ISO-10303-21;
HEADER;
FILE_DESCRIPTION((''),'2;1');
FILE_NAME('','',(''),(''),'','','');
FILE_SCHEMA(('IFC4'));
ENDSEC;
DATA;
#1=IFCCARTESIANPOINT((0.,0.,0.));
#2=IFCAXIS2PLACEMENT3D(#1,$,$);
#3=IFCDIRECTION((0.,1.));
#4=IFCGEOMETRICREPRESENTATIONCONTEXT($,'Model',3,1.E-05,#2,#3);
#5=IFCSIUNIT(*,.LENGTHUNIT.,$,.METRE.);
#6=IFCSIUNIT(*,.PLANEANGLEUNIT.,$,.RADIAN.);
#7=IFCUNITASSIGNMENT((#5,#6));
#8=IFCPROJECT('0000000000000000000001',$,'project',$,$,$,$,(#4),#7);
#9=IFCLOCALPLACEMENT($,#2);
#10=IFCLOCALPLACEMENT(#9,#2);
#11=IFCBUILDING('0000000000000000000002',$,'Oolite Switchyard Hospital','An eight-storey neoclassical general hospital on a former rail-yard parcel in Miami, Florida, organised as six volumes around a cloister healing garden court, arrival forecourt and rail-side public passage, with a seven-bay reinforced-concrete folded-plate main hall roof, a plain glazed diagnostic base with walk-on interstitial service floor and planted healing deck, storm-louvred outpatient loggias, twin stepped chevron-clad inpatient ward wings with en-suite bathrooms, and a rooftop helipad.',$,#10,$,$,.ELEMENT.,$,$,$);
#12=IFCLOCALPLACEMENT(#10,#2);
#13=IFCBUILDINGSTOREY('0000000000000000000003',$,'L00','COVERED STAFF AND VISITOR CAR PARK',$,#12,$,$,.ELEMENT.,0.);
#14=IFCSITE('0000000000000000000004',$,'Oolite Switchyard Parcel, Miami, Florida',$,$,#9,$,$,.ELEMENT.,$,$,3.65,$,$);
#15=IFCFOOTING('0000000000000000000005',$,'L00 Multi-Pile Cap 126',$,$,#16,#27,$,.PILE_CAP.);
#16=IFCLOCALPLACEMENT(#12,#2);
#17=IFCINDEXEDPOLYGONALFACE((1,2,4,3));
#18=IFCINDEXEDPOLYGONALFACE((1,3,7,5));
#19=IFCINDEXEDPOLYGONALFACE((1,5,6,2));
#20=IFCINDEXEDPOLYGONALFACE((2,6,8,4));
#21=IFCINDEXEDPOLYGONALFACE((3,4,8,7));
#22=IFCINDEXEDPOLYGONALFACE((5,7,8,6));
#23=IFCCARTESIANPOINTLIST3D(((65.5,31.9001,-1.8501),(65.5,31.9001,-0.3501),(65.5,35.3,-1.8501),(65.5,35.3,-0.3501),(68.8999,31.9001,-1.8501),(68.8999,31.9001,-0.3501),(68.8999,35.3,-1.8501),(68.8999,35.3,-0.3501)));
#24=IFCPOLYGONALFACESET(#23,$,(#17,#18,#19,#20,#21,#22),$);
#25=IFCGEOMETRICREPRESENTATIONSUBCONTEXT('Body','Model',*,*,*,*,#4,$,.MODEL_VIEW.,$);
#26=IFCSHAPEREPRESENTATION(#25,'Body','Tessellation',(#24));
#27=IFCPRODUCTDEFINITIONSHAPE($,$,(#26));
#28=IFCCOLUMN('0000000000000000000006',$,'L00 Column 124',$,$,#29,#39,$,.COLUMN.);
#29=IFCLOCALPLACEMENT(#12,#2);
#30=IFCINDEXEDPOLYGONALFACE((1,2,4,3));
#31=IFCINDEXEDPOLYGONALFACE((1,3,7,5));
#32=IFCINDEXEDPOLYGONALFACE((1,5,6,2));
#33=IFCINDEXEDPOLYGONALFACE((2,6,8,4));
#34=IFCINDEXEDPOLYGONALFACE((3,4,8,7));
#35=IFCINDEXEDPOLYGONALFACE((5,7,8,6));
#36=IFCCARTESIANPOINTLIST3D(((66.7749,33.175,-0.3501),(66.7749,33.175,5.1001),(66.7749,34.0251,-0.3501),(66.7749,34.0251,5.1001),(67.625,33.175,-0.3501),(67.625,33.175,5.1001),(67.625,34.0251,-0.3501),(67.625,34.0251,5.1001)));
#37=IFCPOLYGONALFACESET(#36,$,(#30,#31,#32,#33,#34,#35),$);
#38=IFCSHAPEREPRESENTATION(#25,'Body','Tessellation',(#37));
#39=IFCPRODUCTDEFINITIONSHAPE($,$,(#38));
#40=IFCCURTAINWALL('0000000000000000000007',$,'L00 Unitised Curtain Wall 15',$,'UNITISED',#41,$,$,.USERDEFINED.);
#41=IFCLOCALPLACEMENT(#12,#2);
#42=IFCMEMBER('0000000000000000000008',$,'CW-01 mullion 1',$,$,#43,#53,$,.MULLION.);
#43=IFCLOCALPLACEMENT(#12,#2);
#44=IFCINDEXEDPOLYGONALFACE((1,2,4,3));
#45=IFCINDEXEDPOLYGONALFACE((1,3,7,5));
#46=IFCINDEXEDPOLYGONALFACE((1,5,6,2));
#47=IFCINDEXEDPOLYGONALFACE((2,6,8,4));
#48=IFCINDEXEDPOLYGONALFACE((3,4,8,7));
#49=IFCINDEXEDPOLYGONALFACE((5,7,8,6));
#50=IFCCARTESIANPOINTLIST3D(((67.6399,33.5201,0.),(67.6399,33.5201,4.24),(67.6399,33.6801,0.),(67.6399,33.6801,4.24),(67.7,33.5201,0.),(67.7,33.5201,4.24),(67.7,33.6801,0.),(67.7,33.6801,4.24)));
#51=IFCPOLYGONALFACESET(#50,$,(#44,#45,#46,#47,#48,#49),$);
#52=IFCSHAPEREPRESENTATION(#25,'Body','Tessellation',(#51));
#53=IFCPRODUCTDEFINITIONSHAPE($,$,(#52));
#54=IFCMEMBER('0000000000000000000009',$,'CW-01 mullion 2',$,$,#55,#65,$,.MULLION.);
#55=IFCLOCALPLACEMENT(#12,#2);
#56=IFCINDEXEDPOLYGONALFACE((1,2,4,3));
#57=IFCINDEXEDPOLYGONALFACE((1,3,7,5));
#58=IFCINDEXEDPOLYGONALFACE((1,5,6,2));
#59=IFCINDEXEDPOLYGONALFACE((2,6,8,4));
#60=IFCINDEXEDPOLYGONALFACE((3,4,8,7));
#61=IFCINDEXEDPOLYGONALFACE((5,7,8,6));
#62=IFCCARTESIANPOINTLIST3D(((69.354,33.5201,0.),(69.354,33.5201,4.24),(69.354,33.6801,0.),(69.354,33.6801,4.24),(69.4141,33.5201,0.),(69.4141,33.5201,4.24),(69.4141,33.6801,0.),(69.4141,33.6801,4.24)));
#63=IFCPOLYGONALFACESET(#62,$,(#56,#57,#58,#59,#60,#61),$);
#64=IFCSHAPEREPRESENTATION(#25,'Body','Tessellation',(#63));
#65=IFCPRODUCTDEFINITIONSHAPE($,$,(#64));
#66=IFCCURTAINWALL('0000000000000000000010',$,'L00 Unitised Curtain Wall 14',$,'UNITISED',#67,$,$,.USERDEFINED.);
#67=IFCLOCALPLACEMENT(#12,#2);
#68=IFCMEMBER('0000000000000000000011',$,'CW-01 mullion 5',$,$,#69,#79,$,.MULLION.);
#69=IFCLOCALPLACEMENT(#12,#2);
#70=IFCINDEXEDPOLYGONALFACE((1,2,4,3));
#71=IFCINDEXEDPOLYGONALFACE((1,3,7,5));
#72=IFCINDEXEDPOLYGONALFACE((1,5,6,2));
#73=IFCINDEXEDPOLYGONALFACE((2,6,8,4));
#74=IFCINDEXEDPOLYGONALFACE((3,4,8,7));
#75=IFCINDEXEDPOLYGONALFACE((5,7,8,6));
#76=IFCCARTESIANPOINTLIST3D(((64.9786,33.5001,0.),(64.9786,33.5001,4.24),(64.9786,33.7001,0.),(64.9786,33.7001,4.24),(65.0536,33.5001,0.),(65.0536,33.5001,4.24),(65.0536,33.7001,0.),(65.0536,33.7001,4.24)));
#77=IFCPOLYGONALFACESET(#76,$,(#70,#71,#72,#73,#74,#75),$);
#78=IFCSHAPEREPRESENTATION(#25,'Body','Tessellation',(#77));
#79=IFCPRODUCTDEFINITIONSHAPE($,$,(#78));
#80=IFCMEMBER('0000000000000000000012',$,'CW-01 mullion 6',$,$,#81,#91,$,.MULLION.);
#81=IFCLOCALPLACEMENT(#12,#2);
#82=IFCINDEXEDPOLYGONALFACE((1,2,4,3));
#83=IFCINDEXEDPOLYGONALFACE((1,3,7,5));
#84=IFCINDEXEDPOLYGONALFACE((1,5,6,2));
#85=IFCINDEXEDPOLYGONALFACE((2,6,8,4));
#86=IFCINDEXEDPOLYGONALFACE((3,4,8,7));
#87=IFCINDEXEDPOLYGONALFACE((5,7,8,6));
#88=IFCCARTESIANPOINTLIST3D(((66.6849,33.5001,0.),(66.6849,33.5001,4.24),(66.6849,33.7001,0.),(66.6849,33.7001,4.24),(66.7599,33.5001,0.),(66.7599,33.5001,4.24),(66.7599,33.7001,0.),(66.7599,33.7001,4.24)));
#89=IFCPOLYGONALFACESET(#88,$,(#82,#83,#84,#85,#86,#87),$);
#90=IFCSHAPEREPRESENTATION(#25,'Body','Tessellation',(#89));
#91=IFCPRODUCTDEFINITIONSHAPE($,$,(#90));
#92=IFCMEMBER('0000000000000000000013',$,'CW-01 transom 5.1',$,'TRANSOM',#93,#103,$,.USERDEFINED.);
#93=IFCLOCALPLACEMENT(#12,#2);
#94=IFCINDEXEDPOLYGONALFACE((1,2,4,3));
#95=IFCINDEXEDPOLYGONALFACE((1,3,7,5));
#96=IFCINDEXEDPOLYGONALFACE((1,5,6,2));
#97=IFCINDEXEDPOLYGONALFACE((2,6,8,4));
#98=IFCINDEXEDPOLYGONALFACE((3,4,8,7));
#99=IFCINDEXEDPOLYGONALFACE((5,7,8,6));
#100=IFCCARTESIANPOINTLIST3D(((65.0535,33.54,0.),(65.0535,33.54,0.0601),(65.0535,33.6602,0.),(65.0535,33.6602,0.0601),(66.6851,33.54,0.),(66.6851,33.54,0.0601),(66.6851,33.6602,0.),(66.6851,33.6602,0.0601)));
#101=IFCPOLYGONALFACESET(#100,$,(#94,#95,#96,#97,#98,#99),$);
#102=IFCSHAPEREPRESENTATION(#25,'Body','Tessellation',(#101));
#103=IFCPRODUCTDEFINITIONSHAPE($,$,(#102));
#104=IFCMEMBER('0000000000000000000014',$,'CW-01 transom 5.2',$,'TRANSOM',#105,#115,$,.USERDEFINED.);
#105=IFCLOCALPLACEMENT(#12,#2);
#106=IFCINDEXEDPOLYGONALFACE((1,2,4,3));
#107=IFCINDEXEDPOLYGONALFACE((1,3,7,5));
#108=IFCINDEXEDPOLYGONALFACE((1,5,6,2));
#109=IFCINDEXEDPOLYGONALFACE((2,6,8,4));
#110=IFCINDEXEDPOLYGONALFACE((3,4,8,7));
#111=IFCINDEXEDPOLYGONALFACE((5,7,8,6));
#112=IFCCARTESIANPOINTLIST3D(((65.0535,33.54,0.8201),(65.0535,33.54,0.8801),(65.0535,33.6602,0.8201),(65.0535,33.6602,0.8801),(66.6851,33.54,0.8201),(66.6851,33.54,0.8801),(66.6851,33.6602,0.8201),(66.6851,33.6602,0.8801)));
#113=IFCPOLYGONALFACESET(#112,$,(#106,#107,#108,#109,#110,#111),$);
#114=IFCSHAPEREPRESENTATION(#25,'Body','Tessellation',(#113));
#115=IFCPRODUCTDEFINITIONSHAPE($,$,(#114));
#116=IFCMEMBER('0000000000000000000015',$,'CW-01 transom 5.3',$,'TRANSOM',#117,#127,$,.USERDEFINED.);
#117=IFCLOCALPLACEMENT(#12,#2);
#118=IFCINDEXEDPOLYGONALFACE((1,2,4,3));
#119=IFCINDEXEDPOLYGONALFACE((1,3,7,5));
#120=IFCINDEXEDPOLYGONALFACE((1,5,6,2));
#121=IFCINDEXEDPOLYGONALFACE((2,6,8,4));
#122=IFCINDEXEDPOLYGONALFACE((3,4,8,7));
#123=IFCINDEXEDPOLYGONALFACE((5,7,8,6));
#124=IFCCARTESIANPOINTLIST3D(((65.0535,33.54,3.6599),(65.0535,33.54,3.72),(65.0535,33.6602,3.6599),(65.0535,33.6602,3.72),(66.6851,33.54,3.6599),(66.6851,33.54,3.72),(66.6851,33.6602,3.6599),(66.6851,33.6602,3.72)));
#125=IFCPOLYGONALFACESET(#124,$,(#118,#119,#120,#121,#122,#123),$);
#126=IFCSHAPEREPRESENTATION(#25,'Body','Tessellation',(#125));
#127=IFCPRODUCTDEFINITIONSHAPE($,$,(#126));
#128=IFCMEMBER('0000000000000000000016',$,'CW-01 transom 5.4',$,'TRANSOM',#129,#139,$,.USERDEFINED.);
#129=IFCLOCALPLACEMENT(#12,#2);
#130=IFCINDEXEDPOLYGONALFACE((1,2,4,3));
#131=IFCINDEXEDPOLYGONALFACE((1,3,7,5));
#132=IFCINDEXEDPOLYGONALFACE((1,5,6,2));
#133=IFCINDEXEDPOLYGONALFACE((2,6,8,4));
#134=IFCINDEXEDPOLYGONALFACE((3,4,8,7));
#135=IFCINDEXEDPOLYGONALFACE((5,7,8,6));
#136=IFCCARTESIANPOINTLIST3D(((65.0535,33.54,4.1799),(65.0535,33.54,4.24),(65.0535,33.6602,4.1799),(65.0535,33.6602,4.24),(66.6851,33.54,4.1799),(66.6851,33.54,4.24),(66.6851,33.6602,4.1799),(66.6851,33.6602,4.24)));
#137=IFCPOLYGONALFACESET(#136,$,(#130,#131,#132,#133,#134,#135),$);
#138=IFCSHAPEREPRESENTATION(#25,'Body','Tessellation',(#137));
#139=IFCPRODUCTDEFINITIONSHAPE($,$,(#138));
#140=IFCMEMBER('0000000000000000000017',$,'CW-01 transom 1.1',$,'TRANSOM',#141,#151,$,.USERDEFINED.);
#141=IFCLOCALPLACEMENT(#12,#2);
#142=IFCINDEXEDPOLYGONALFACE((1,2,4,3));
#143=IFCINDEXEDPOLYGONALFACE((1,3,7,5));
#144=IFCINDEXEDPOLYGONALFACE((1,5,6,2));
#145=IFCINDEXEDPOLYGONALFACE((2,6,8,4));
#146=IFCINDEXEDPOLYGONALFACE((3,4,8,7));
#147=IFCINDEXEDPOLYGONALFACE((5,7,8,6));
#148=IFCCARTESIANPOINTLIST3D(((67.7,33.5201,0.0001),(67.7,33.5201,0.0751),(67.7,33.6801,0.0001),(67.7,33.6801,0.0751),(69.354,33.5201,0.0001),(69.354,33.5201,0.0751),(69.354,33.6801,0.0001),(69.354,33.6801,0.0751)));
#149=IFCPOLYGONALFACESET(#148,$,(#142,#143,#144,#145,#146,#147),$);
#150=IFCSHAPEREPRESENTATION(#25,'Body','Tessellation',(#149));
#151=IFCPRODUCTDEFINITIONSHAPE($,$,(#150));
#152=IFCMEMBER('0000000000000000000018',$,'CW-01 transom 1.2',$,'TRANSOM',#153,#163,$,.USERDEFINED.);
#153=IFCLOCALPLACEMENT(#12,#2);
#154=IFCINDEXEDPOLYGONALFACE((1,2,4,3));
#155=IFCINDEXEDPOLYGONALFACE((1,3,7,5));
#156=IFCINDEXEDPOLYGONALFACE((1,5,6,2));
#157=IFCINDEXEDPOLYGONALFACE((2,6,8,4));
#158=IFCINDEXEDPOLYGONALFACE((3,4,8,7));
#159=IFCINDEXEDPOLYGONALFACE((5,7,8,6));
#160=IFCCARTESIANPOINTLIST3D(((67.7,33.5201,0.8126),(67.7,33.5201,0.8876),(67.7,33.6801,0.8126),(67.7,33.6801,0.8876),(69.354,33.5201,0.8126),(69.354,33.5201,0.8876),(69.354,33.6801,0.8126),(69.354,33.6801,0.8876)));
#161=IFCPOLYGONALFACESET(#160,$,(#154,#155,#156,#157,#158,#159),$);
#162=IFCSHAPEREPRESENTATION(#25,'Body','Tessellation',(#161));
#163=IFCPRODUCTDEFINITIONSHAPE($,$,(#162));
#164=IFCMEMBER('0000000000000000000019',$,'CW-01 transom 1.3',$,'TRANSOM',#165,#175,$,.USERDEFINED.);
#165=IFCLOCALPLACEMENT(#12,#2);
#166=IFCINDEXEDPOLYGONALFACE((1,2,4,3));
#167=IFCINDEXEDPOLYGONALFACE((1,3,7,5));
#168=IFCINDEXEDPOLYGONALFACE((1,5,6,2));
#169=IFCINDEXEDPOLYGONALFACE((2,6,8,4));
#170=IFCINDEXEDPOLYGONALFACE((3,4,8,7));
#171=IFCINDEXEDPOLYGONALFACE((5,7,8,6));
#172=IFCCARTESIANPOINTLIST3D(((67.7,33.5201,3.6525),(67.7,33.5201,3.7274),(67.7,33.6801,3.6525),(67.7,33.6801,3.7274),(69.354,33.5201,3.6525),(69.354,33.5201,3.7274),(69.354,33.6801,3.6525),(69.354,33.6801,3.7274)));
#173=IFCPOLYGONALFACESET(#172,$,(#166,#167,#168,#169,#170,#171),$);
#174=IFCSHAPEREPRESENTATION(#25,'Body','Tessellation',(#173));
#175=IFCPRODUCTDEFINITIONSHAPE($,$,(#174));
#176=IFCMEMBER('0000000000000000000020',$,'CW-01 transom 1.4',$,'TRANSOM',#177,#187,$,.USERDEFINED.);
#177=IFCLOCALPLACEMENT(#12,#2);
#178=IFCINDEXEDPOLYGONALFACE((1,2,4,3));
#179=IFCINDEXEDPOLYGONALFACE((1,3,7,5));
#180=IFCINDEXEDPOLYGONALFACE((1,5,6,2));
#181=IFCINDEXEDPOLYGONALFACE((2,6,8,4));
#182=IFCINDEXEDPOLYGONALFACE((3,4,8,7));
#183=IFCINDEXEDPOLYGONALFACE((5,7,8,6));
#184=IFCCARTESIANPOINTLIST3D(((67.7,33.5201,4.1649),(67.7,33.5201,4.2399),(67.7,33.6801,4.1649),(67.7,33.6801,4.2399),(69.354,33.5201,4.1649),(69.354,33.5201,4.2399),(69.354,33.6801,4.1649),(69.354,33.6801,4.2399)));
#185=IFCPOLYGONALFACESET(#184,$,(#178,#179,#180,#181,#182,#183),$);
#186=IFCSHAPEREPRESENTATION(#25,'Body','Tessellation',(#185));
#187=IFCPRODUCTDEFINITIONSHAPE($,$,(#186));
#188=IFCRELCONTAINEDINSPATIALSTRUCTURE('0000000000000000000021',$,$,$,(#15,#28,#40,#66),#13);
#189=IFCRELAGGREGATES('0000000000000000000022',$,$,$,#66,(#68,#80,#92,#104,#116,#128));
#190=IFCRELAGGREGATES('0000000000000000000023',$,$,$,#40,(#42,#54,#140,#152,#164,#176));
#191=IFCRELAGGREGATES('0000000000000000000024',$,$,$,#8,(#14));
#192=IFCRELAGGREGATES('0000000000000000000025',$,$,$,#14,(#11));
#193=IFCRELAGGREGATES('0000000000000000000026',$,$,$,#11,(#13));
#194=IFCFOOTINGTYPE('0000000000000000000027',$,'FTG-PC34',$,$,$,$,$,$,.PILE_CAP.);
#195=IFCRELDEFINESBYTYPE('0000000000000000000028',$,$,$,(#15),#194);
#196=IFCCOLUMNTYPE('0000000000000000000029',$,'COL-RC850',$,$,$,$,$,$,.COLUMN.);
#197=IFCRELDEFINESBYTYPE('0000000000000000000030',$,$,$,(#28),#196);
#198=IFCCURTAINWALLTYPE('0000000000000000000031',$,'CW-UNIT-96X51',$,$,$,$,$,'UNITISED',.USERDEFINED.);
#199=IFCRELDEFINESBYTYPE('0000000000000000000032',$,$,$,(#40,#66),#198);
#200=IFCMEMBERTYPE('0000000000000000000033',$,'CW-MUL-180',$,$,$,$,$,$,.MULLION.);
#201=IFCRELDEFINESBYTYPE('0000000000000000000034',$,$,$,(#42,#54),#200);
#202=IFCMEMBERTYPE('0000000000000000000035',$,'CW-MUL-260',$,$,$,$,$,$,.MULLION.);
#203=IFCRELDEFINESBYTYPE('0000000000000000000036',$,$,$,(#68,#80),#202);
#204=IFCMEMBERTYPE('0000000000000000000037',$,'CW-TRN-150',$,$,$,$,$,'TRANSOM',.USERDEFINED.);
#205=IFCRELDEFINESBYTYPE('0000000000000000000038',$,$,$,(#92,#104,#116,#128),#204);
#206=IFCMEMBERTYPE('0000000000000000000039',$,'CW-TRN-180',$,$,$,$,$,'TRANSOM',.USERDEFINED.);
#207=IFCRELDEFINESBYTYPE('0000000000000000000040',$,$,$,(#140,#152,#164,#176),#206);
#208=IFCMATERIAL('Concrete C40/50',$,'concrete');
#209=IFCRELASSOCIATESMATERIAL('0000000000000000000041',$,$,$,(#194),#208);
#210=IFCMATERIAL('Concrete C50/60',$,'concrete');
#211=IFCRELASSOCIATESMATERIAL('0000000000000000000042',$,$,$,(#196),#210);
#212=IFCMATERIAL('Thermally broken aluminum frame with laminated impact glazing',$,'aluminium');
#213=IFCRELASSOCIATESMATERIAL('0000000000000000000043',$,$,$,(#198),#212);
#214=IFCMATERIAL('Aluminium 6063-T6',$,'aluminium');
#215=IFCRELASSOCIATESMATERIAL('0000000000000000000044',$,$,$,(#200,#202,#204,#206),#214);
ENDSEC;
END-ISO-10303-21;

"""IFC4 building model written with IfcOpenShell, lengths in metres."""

from ifc_helpers import new_model, si_unit, direction, frame, origin, origin_2d, place, context, subcontext, project, spatial, rectangle, extrude, material, material_profile, profile_set, type_object, element, aggregate, save


model = new_model("IFC4")

# Units and contexts
model_context = context("Model", 3, precision=1e-05, world=origin(), true_north=direction((0.0, 1.0)))
body_context = subcontext(model_context, "Body", "Model", "MODEL_VIEW")
ifc_project = project(units=[si_unit("LENGTHUNIT", "METRE"), si_unit("PLANEANGLEUNIT", "RADIAN")], contexts=[model_context])

# Site, building, storey
site_placement = place(None, origin())
site = spatial("IfcSite", under=ifc_project, at=site_placement, Name="Oolite Switchyard Parcel, Miami, Florida", CompositionType="ELEMENT", RefElevation=3.65)
building_placement = place(site_placement, origin())
building = spatial("IfcBuilding", under=site, at=building_placement, Name="Oolite Switchyard Hospital", Description="An eight-storey neoclassical general hospital on a former rail-yard parcel in Miami, Florida, organised as six volumes around a cloister healing garden court, arrival forecourt and rail-side public passage, with a seven-bay reinforced-concrete folded-plate main hall roof, a plain glazed diagnostic base with walk-on interstitial service floor and planted healing deck, storm-louvred outpatient loggias, twin stepped chevron-clad inpatient ward wings with en-suite bathrooms, and a rooftop helipad.", CompositionType="ELEMENT")
storey_placement = place(building_placement, origin())
storey = spatial("IfcBuildingStorey", under=building, at=storey_placement, Name="L00", Description="COVERED STAFF AND VISITOR CAR PARK", CompositionType="ELEMENT", Elevation=0.0)

# Footing
ifc_material_1 = material(Name="Concrete C40/50", Category="concrete")
footing_type = type_object("IfcFootingType", Name="FTG-PC34", PredefinedType="PILE_CAP", material=ifc_material_1)
footing_placement = place(storey_placement, frame((67.2, 33.6001, -1.8501), z_axis=(0.0, 0.0, 1.0), x_axis=(1.0, 0.0, 0.0)))
element("IfcFooting", 1, at=footing_placement, inside=storey, type_object=footing_type, Name="L00 Multi-Pile Cap 126", PredefinedType="PILE_CAP", context=body_context, shape_type="SweptSolid", body=[
    extrude(rectangle(XDim=3.3999, YDim=3.3999, at=origin_2d()), origin(), (0.0, 0.0, 1.0), 1.5),
])

# Column
ifc_material_2 = material(Name="Concrete C50/60", Category="concrete")
ifc_material_profile_1 = material_profile(ifc_material_2, rectangle(XDim=0.8501, YDim=0.8501, at=origin_2d()), Name="RC850X850")
ifc_profile_set_1 = profile_set([ifc_material_profile_1], Name="Concrete C50/60")
column_type = type_object("IfcColumnType", Name="COL-RC850", PredefinedType="COLUMN", material=ifc_profile_set_1)
column_placement = place(storey_placement, frame((67.2, 33.6001, -0.3501), z_axis=(0.0, 0.0, 1.0), x_axis=(1.0, 0.0, 0.0)))
element("IfcColumn", 2, at=column_placement, inside=storey, type_object=column_type, Name="L00 Column 124", PredefinedType="COLUMN", context=body_context, shape_type="SweptSolid", body=[
    extrude(rectangle(XDim=0.8501, YDim=0.8501, at=origin_2d()), origin(), (0.0, 0.0, 1.0), 5.4502),
])

# Curtain walls, members
ifc_material_3 = material(Name="Thermally broken aluminum frame with laminated impact glazing", Category="aluminium")
curtain_wall_type = type_object("IfcCurtainWallType", Name="CW-UNIT-96X51", ElementType="UNITISED", PredefinedType="USERDEFINED", material=ifc_material_3)
curtain_wall_1_placement = place(storey_placement, origin())
curtain_wall_1 = element("IfcCurtainWall", 3, at=curtain_wall_1_placement, inside=storey, type_object=curtain_wall_type, Name="L00 Unitised Curtain Wall 15", ObjectType="UNITISED", PredefinedType="USERDEFINED")
ifc_material_4 = material(Name="Aluminium 6063-T6", Category="aluminium")
ifc_material_profile_2 = material_profile(ifc_material_4, rectangle(XDim=0.1599, YDim=0.0601, at=origin_2d()), Name="CWM60X160")
ifc_profile_set_2 = profile_set([ifc_material_profile_2], Name="Aluminium 6063-T6")
member_type_1 = type_object("IfcMemberType", Name="CW-MUL-180", PredefinedType="MULLION", material=ifc_profile_set_2)
member_1_placement = place(storey_placement, frame((67.6699, 33.6001, 0.0), z_axis=(0.0, 0.0, 1.0), x_axis=(0.0, 1.0, 0.0)))
member_1 = element("IfcMember", 4, at=member_1_placement, type_object=member_type_1, Name="CW-01 mullion 1", PredefinedType="MULLION", context=body_context, shape_type="SweptSolid", body=[
    extrude(rectangle(XDim=0.1599, YDim=0.0601, at=origin_2d()), origin(), (0.0, 0.0, 1.0), 4.24),
])
member_2_placement = place(storey_placement, frame((69.384, 33.6001, 0.0), z_axis=(0.0, 0.0, 1.0), x_axis=(0.0, 1.0, 0.0)))
member_2 = element("IfcMember", 5, at=member_2_placement, type_object=member_type_1, Name="CW-01 mullion 2", PredefinedType="MULLION", context=body_context, shape_type="SweptSolid", body=[
    extrude(rectangle(XDim=0.1599, YDim=0.0601, at=origin_2d()), origin(), (0.0, 0.0, 1.0), 4.24),
])
curtain_wall_2_placement = place(storey_placement, origin())
curtain_wall_2 = element("IfcCurtainWall", 6, at=curtain_wall_2_placement, inside=storey, type_object=curtain_wall_type, Name="L00 Unitised Curtain Wall 14", ObjectType="UNITISED", PredefinedType="USERDEFINED")
ifc_material_profile_3 = material_profile(ifc_material_4, rectangle(XDim=0.2, YDim=0.075, at=origin_2d()), Name="CWM75X200")
ifc_profile_set_3 = profile_set([ifc_material_profile_3], Name="Aluminium 6063-T6")
member_type_2 = type_object("IfcMemberType", Name="CW-MUL-260", PredefinedType="MULLION", material=ifc_profile_set_3)
member_3_placement = place(storey_placement, frame((65.0161, 33.6001, 0.0), z_axis=(0.0, 0.0, 1.0), x_axis=(0.0, 1.0, 0.0)))
member_3 = element("IfcMember", 7, at=member_3_placement, type_object=member_type_2, Name="CW-01 mullion 5", PredefinedType="MULLION", context=body_context, shape_type="SweptSolid", body=[
    extrude(rectangle(XDim=0.2, YDim=0.075, at=origin_2d()), origin(), (0.0, 0.0, 1.0), 4.24),
])
member_4_placement = place(storey_placement, frame((66.7224, 33.6001, 0.0), z_axis=(0.0, 0.0, 1.0), x_axis=(0.0, 1.0, 0.0)))
member_4 = element("IfcMember", 8, at=member_4_placement, type_object=member_type_2, Name="CW-01 mullion 6", PredefinedType="MULLION", context=body_context, shape_type="SweptSolid", body=[
    extrude(rectangle(XDim=0.2, YDim=0.075, at=origin_2d()), origin(), (0.0, 0.0, 1.0), 4.24),
])
ifc_material_profile_4 = material_profile(ifc_material_4, rectangle(XDim=0.1201, YDim=0.0601, at=origin_2d()), Name="CWT60X120")
ifc_profile_set_4 = profile_set([ifc_material_profile_4], Name="Aluminium 6063-T6")
member_type_3 = type_object("IfcMemberType", Name="CW-TRN-150", ElementType="TRANSOM", PredefinedType="USERDEFINED", material=ifc_profile_set_4)
member_5_placement = place(storey_placement, frame((65.0535, 33.6001, 0.03), z_axis=(1.0, 0.0, 0.0), x_axis=(0.0, 1.0, 0.0)))
member_5 = element("IfcMember", 9, at=member_5_placement, type_object=member_type_3, Name="CW-01 transom 5.1", ObjectType="TRANSOM", PredefinedType="USERDEFINED", context=body_context, shape_type="SweptSolid", body=[
    extrude(rectangle(XDim=0.1201, YDim=0.0601, at=origin_2d()), origin(), (0.0, 0.0, 1.0), 1.6316),
])
member_6_placement = place(storey_placement, frame((65.0535, 33.6001, 0.8501), z_axis=(1.0, 0.0, 0.0), x_axis=(0.0, 1.0, 0.0)))
member_6 = element("IfcMember", 10, at=member_6_placement, type_object=member_type_3, Name="CW-01 transom 5.2", ObjectType="TRANSOM", PredefinedType="USERDEFINED", context=body_context, shape_type="SweptSolid", body=[
    extrude(rectangle(XDim=0.1201, YDim=0.0601, at=origin_2d()), origin(), (0.0, 0.0, 1.0), 1.6316),
])
member_7_placement = place(storey_placement, frame((65.0535, 33.6001, 3.6899), z_axis=(1.0, 0.0, 0.0), x_axis=(0.0, 1.0, 0.0)))
member_7 = element("IfcMember", 11, at=member_7_placement, type_object=member_type_3, Name="CW-01 transom 5.3", ObjectType="TRANSOM", PredefinedType="USERDEFINED", context=body_context, shape_type="SweptSolid", body=[
    extrude(rectangle(XDim=0.1201, YDim=0.0601, at=origin_2d()), origin(), (0.0, 0.0, 1.0), 1.6316),
])
member_8_placement = place(storey_placement, frame((65.0535, 33.6001, 4.21), z_axis=(1.0, 0.0, 0.0), x_axis=(0.0, 1.0, 0.0)))
member_8 = element("IfcMember", 12, at=member_8_placement, type_object=member_type_3, Name="CW-01 transom 5.4", ObjectType="TRANSOM", PredefinedType="USERDEFINED", context=body_context, shape_type="SweptSolid", body=[
    extrude(rectangle(XDim=0.1201, YDim=0.0601, at=origin_2d()), origin(), (0.0, 0.0, 1.0), 1.6316),
])

# Members
ifc_material_profile_5 = material_profile(ifc_material_4, rectangle(XDim=0.1599, YDim=0.075, at=origin_2d()), Name="CWT75X160")
ifc_profile_set_5 = profile_set([ifc_material_profile_5], Name="Aluminium 6063-T6")
member_type_4 = type_object("IfcMemberType", Name="CW-TRN-180", ElementType="TRANSOM", PredefinedType="USERDEFINED", material=ifc_profile_set_5)
member_9_placement = place(storey_placement, frame((67.7, 33.6001, 0.0376), z_axis=(1.0, 0.0, 0.0), x_axis=(0.0, 1.0, 0.0)))
member_9 = element("IfcMember", 13, at=member_9_placement, type_object=member_type_4, Name="CW-01 transom 1.1", ObjectType="TRANSOM", PredefinedType="USERDEFINED", context=body_context, shape_type="SweptSolid", body=[
    extrude(rectangle(XDim=0.1599, YDim=0.075, at=origin_2d()), origin(), (0.0, 0.0, 1.0), 1.6541),
])
member_10_placement = place(storey_placement, frame((67.7, 33.6001, 0.8501), z_axis=(1.0, 0.0, 0.0), x_axis=(0.0, 1.0, 0.0)))
member_10 = element("IfcMember", 14, at=member_10_placement, type_object=member_type_4, Name="CW-01 transom 1.2", ObjectType="TRANSOM", PredefinedType="USERDEFINED", context=body_context, shape_type="SweptSolid", body=[
    extrude(rectangle(XDim=0.1599, YDim=0.075, at=origin_2d()), origin(), (0.0, 0.0, 1.0), 1.6541),
])
member_11_placement = place(storey_placement, frame((67.7, 33.6001, 3.6899), z_axis=(1.0, 0.0, 0.0), x_axis=(0.0, 1.0, 0.0)))
member_11 = element("IfcMember", 15, at=member_11_placement, type_object=member_type_4, Name="CW-01 transom 1.3", ObjectType="TRANSOM", PredefinedType="USERDEFINED", context=body_context, shape_type="SweptSolid", body=[
    extrude(rectangle(XDim=0.1599, YDim=0.075, at=origin_2d()), origin(), (0.0, 0.0, 1.0), 1.6541),
])
member_12_placement = place(storey_placement, frame((67.7, 33.6001, 4.2024), z_axis=(1.0, 0.0, 0.0), x_axis=(0.0, 1.0, 0.0)))
member_12 = element("IfcMember", 16, at=member_12_placement, type_object=member_type_4, Name="CW-01 transom 1.4", ObjectType="TRANSOM", PredefinedType="USERDEFINED", context=body_context, shape_type="SweptSolid", body=[
    extrude(rectangle(XDim=0.1599, YDim=0.075, at=origin_2d()), origin(), (0.0, 0.0, 1.0), 1.6541),
])

aggregate(curtain_wall_2, [member_3, member_4, member_5, member_6, member_7, member_8])
aggregate(curtain_wall_1, [member_1, member_2, member_9, member_10, member_11, member_12])

save(model, "model.ifc")
